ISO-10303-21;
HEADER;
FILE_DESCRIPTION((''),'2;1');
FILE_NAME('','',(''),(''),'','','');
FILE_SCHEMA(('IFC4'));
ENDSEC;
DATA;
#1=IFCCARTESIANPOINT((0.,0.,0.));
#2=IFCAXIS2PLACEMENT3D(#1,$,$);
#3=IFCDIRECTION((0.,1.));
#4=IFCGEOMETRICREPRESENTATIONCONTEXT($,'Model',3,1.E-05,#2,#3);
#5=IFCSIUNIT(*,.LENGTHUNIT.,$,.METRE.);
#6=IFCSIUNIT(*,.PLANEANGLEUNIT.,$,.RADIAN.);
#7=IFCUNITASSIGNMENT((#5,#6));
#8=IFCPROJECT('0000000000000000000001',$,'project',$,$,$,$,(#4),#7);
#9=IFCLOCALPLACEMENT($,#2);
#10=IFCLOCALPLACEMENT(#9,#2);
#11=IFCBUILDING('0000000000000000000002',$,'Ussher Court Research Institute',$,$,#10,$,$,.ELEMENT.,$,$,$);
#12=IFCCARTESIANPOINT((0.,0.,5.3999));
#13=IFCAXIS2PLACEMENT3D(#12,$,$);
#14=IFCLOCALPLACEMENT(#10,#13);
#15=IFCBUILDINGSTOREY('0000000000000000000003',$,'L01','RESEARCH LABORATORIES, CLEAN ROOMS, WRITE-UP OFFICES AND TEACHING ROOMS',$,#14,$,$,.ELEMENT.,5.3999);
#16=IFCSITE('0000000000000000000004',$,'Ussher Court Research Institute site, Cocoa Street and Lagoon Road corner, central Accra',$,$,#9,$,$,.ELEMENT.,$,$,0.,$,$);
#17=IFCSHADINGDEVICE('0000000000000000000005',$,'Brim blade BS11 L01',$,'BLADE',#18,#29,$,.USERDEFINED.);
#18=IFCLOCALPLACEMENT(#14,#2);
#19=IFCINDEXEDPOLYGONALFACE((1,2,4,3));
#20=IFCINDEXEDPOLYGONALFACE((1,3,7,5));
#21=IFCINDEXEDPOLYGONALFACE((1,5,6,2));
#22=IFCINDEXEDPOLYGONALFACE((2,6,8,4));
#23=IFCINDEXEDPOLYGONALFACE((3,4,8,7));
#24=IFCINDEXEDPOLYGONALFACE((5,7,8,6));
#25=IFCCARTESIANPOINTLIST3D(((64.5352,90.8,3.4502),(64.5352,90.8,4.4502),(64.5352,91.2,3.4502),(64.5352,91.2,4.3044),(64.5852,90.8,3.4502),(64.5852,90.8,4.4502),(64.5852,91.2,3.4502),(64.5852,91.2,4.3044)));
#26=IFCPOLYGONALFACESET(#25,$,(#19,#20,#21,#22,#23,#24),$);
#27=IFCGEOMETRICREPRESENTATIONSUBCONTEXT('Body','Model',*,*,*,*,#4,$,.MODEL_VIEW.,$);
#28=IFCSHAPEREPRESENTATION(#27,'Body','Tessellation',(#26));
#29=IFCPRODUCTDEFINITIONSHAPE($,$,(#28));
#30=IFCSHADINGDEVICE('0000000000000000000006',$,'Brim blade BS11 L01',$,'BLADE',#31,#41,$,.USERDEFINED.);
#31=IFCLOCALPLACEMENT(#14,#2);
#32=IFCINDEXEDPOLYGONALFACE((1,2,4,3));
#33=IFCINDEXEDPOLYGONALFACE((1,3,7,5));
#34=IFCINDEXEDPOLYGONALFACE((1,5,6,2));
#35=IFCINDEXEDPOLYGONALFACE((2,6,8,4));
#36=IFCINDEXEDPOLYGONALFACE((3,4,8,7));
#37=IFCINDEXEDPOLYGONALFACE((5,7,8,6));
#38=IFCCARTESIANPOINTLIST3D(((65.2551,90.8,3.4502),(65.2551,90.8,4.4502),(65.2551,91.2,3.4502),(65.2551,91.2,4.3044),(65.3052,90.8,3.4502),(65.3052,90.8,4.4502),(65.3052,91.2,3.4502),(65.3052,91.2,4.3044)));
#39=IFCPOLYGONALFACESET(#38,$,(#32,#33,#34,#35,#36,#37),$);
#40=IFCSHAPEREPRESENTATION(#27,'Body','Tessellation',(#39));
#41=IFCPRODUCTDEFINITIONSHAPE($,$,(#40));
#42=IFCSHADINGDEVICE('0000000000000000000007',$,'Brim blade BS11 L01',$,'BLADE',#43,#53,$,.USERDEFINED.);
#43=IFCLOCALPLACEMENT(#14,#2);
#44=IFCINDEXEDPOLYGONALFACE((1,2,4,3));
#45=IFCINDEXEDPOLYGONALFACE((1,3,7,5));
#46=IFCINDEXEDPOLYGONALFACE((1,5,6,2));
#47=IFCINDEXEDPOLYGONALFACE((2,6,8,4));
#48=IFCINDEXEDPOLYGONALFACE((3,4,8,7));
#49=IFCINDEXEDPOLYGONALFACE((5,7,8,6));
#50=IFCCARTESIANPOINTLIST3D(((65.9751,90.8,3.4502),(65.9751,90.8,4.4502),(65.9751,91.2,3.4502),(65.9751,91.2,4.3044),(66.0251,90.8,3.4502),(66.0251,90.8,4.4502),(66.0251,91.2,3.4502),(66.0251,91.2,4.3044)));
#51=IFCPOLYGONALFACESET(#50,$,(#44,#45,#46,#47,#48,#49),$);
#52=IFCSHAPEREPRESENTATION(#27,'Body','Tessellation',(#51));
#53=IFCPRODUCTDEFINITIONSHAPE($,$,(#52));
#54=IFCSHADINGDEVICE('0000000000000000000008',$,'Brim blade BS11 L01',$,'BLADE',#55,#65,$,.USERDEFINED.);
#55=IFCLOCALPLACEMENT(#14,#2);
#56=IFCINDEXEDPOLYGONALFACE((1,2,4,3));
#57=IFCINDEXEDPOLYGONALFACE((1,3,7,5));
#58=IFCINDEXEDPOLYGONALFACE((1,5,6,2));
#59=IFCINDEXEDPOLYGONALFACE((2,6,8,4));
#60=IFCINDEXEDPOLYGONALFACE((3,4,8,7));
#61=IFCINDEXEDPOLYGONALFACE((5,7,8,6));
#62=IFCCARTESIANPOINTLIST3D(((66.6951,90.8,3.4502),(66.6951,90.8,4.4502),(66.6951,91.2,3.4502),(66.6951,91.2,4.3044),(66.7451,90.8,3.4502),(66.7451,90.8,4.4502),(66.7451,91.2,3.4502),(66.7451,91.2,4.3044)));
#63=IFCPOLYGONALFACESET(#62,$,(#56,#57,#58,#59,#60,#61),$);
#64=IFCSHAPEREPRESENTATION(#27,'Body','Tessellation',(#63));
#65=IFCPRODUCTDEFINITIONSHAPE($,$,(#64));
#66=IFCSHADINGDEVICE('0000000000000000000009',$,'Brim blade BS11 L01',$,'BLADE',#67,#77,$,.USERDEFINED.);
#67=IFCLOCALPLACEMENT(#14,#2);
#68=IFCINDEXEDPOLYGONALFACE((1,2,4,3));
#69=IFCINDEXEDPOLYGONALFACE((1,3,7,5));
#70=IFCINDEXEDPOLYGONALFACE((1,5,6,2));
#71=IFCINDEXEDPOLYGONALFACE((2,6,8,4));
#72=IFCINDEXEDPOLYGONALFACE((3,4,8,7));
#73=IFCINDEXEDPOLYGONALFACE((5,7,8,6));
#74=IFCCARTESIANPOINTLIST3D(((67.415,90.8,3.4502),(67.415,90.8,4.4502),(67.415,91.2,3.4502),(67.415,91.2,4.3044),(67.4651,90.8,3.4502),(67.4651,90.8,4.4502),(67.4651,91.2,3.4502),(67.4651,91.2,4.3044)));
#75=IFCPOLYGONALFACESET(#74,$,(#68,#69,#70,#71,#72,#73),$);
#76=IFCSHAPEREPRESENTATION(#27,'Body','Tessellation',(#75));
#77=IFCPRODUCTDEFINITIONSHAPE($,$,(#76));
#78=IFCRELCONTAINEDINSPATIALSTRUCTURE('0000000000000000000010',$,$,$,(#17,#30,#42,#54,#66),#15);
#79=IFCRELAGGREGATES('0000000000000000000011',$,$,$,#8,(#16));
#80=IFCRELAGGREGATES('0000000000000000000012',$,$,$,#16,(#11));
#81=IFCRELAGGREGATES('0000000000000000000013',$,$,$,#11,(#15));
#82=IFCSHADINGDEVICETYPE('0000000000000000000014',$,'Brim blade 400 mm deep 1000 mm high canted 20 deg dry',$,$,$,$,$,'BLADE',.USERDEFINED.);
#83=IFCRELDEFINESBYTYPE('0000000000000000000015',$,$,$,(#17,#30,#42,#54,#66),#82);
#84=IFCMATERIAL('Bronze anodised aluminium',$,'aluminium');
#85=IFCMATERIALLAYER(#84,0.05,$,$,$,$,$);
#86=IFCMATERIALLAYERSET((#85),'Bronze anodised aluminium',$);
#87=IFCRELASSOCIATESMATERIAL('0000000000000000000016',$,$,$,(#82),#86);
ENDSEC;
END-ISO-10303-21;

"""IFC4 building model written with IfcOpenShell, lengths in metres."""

from ifc_helpers import new_model, si_unit, direction, frame, origin, place, context, subcontext, project, spatial, polyline, outline, extrude, material, layer, layer_set, type_object, element, save


model = new_model("IFC4")

# Units and contexts
model_context = context("Model", 3, precision=1e-05, world=origin(), true_north=direction((0.0, 1.0)))
body_context = subcontext(model_context, "Body", "Model", "MODEL_VIEW")
ifc_project = project(units=[si_unit("LENGTHUNIT", "METRE"), si_unit("PLANEANGLEUNIT", "RADIAN")], contexts=[model_context])

# Site, building, storey
site_placement = place(None, origin())
site = spatial("IfcSite", under=ifc_project, at=site_placement, Name="Ussher Court Research Institute site, Cocoa Street and Lagoon Road corner, central Accra", CompositionType="ELEMENT", RefElevation=0.0)
building_placement = place(site_placement, origin())
building = spatial("IfcBuilding", under=site, at=building_placement, Name="Ussher Court Research Institute", CompositionType="ELEMENT")
storey_placement = place(building_placement, frame((0.0, 0.0, 5.3999)))
storey = spatial("IfcBuildingStorey", under=building, at=storey_placement, Name="L01", Description="RESEARCH LABORATORIES, CLEAN ROOMS, WRITE-UP OFFICES AND TEACHING ROOMS", CompositionType="ELEMENT", Elevation=5.3999)

# Shading devices
ifc_material_1 = material(Name="Bronze anodised aluminium", Category="aluminium")
ifc_layer_1 = layer(ifc_material_1, 0.05)
ifc_layer_set_1 = layer_set([ifc_layer_1], Name="Bronze anodised aluminium")
shading_device_type_1 = type_object("IfcShadingDeviceType", Name="Brim blade 400 mm deep 1000 mm high canted 20 deg dry", ElementType="BLADE", PredefinedType="USERDEFINED", material=ifc_layer_set_1)
for number, where, z_axis, x_axis, name in (
    (1, (64.5601, 90.8, 3.4502), (0.0, 0.0, 1.0), (0.0, 1.0, 0.0), "Brim blade BS11 L01"),
    (2, (65.28, 90.8, 3.4502), (0.0, 0.0, 1.0), (0.0, 1.0, 0.0), "Brim blade BS11 L01"),
    (3, (66.0, 90.8, 3.4502), (0.0, 0.0, 1.0), (0.0, 1.0, 0.0), "Brim blade BS11 L01"),
    (4, (66.72, 90.8, 3.4502), (0.0, 0.0, 1.0), (0.0, 1.0, 0.0), "Brim blade BS11 L01"),
    (5, (67.4399, 90.8, 3.4502), (0.0, 0.0, 1.0), (0.0, 1.0, 0.0), "Brim blade BS11 L01"),
):
    element("IfcShadingDevice", number, at=place(storey_placement, frame(where, z_axis=z_axis, x_axis=x_axis)), inside=storey, type_object=shading_device_type_1, Name=name, ObjectType="BLADE", PredefinedType="USERDEFINED", context=body_context, shape_type="SweptSolid", body=[
        extrude(outline(polyline([(0.0, 0.0), (0.3999, 0.0), (0.3999, 0.8542), (0.0, 1.0), (0.0, 0.0)])), frame((0.0, 0.0249, 0.0), z_axis=(0.0, -1.0, 0.0), x_axis=(1.0, 0.0, 0.0)), (0.0, 0.0, 1.0), 0.05),
    ])

save(model, "model.ifc")
